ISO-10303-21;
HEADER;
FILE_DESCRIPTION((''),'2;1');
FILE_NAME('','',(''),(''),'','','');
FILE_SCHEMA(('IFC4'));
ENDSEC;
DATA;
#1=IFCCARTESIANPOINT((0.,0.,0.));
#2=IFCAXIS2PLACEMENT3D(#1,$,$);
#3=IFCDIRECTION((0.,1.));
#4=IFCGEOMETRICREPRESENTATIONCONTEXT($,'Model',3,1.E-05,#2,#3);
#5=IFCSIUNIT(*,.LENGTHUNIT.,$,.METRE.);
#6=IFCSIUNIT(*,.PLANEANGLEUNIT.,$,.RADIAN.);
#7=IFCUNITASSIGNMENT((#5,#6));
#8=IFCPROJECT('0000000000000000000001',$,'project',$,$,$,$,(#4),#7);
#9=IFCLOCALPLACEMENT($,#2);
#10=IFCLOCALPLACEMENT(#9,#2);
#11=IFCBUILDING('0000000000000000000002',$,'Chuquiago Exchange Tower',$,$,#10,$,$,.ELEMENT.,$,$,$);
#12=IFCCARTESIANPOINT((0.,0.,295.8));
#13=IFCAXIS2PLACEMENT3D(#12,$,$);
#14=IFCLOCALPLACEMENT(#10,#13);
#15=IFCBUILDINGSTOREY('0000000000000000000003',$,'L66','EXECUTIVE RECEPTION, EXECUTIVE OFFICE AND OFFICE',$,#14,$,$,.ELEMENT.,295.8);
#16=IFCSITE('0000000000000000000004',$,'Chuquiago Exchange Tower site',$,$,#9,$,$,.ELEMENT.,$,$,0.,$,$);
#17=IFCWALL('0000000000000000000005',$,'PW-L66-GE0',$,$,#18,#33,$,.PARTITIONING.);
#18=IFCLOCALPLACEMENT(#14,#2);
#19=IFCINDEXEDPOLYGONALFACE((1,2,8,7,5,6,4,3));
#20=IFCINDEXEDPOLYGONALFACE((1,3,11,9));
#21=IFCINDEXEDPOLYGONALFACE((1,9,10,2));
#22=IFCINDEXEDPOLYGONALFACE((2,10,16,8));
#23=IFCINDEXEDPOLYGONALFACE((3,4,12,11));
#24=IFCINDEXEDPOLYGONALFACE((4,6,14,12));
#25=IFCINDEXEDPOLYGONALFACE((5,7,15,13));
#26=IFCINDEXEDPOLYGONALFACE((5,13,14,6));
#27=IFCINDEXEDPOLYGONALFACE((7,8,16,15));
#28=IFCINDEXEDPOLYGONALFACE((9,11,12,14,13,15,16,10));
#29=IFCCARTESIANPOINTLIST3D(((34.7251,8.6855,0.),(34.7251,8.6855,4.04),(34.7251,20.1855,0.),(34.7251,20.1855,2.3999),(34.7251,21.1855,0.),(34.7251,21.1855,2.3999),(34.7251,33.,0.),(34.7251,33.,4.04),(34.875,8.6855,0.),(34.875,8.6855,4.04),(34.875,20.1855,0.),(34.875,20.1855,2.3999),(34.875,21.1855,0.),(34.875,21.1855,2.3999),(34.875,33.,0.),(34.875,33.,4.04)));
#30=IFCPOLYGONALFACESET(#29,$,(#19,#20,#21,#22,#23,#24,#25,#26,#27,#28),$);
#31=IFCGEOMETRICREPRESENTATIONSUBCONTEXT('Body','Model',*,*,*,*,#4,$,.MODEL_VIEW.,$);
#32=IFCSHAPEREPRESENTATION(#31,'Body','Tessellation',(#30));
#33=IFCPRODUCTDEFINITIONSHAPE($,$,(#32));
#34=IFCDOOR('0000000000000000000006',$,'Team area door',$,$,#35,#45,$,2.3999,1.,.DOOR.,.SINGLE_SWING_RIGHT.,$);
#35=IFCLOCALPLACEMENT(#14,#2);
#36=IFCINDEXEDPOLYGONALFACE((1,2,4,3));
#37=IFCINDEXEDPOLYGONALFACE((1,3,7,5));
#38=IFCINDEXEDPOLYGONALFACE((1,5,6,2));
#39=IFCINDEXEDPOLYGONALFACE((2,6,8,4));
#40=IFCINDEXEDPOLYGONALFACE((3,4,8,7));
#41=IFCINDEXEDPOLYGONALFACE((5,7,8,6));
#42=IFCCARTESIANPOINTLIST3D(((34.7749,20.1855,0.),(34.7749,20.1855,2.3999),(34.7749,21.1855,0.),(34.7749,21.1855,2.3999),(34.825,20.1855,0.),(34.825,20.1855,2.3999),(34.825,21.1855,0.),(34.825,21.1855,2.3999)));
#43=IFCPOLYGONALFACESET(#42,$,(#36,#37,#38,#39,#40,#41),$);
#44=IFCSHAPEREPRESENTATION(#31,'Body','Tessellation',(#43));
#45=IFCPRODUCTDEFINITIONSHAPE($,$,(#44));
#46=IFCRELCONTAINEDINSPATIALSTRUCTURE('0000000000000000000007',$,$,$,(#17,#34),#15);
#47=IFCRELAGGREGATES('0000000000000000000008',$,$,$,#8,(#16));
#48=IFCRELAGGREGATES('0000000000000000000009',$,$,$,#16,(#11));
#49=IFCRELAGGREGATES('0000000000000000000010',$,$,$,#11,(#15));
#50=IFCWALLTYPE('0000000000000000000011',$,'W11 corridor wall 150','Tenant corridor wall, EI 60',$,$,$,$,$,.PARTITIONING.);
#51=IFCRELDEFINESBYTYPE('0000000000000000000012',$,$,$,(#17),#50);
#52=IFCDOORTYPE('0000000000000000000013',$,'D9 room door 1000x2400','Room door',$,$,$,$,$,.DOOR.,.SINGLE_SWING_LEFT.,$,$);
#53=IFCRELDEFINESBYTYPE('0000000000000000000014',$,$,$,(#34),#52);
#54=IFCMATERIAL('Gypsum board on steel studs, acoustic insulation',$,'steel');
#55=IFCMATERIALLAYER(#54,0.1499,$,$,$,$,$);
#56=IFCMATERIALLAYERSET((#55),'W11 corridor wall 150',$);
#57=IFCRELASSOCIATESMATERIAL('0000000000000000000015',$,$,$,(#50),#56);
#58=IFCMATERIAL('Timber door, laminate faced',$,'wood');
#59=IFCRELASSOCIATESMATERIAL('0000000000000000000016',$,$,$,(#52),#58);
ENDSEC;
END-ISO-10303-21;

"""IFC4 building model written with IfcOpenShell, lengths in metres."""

from ifc_helpers import new_model, si_unit, direction, frame, frame_2d, origin, place, context, subcontext, project, spatial, rectangle, extrude, material, layer, layer_set, type_object, element, fill, save


model = new_model("IFC4")

# Units and contexts
model_context = context("Model", 3, precision=1e-05, world=origin(), true_north=direction((0.0, 1.0)))
body_context = subcontext(model_context, "Body", "Model", "MODEL_VIEW")
ifc_project = project(units=[si_unit("LENGTHUNIT", "METRE"), si_unit("PLANEANGLEUNIT", "RADIAN")], contexts=[model_context])

# Site, building, storey
site_placement = place(None, origin())
site = spatial("IfcSite", under=ifc_project, at=site_placement, Name="Chuquiago Exchange Tower site", CompositionType="ELEMENT", RefElevation=0.0)
building_placement = place(site_placement, origin())
building = spatial("IfcBuilding", under=site, at=building_placement, Name="Chuquiago Exchange Tower", CompositionType="ELEMENT")
storey_placement = place(building_placement, frame((0.0, 0.0, 295.8)))
storey = spatial("IfcBuildingStorey", under=building, at=storey_placement, Name="L66", Description="EXECUTIVE RECEPTION, EXECUTIVE OFFICE AND OFFICE", CompositionType="ELEMENT", Elevation=295.8)

# Wall, opening, door
ifc_material_1 = material(Name="Gypsum board on steel studs, acoustic insulation", Category="steel")
ifc_layer_1 = layer(ifc_material_1, 0.1499)
ifc_layer_set_1 = layer_set([ifc_layer_1], Name="W11 corridor wall 150")
wall_type_1 = type_object("IfcWallType", Name="W11 corridor wall 150", Description="Tenant corridor wall, EI 60", PredefinedType="PARTITIONING", material=ifc_layer_set_1)
wall_1_placement = place(storey_placement, frame((34.8, 8.6855, 0.0), z_axis=(0.0, 0.0, 1.0), x_axis=(0.0, 1.0, 0.0)))
wall_1 = element("IfcWall", 1, at=wall_1_placement, inside=storey, type_object=wall_type_1, Name="PW-L66-GE0", PredefinedType="PARTITIONING", context=body_context, shape_type="SweptSolid", body=[
    extrude(rectangle(XDim=24.3145, YDim=0.1499, at=frame_2d((12.1572, 0.0))), origin(), (0.0, 0.0, 1.0), 4.04),
])
opening_1_placement = place(wall_1_placement, frame((11.5, 0.0, 0.0)))
opening_1 = element("IfcOpeningElement", 2, at=opening_1_placement, cuts=wall_1, PredefinedType="OPENING", context=body_context, shape_type="SweptSolid", body=[
    extrude(rectangle(XDim=1.0, YDim=2.3999, at=frame_2d((0.5, 1.2))), frame((0.0, 0.085, 0.0), z_axis=(0.0, -1.0, 0.0), x_axis=(1.0, 0.0, 0.0)), (0.0, 0.0, 1.0), 0.1699),
])
ifc_material_2 = material(Name="Timber door, laminate faced", Category="wood")
door_type_1 = type_object("IfcDoorType", Name="D9 room door 1000x2400", Description="Room door", OperationType="SINGLE_SWING_LEFT", PredefinedType="DOOR", material=ifc_material_2)
door_1_placement = place(opening_1_placement, frame((1.0, 0.0, 0.0), z_axis=(0.0, 0.0, 1.0), x_axis=(-1.0, 0.0, 0.0)))
door_1 = element("IfcDoor", 3, at=door_1_placement, inside=storey, type_object=door_type_1, Name="Team area door", OperationType="SINGLE_SWING_RIGHT", OverallHeight=2.3999, OverallWidth=1.0, PredefinedType="DOOR", context=body_context, shape_type="SweptSolid", body=[
    extrude(rectangle(XDim=1.0, YDim=2.3999, at=frame_2d((0.5, 1.2))), frame((0.0, 0.0249, 0.0), z_axis=(0.0, -1.0, 0.0), x_axis=(1.0, 0.0, 0.0)), (0.0, 0.0, 1.0), 0.05),
])
fill(opening_1, door_1)

save(model, "model.ifc")
